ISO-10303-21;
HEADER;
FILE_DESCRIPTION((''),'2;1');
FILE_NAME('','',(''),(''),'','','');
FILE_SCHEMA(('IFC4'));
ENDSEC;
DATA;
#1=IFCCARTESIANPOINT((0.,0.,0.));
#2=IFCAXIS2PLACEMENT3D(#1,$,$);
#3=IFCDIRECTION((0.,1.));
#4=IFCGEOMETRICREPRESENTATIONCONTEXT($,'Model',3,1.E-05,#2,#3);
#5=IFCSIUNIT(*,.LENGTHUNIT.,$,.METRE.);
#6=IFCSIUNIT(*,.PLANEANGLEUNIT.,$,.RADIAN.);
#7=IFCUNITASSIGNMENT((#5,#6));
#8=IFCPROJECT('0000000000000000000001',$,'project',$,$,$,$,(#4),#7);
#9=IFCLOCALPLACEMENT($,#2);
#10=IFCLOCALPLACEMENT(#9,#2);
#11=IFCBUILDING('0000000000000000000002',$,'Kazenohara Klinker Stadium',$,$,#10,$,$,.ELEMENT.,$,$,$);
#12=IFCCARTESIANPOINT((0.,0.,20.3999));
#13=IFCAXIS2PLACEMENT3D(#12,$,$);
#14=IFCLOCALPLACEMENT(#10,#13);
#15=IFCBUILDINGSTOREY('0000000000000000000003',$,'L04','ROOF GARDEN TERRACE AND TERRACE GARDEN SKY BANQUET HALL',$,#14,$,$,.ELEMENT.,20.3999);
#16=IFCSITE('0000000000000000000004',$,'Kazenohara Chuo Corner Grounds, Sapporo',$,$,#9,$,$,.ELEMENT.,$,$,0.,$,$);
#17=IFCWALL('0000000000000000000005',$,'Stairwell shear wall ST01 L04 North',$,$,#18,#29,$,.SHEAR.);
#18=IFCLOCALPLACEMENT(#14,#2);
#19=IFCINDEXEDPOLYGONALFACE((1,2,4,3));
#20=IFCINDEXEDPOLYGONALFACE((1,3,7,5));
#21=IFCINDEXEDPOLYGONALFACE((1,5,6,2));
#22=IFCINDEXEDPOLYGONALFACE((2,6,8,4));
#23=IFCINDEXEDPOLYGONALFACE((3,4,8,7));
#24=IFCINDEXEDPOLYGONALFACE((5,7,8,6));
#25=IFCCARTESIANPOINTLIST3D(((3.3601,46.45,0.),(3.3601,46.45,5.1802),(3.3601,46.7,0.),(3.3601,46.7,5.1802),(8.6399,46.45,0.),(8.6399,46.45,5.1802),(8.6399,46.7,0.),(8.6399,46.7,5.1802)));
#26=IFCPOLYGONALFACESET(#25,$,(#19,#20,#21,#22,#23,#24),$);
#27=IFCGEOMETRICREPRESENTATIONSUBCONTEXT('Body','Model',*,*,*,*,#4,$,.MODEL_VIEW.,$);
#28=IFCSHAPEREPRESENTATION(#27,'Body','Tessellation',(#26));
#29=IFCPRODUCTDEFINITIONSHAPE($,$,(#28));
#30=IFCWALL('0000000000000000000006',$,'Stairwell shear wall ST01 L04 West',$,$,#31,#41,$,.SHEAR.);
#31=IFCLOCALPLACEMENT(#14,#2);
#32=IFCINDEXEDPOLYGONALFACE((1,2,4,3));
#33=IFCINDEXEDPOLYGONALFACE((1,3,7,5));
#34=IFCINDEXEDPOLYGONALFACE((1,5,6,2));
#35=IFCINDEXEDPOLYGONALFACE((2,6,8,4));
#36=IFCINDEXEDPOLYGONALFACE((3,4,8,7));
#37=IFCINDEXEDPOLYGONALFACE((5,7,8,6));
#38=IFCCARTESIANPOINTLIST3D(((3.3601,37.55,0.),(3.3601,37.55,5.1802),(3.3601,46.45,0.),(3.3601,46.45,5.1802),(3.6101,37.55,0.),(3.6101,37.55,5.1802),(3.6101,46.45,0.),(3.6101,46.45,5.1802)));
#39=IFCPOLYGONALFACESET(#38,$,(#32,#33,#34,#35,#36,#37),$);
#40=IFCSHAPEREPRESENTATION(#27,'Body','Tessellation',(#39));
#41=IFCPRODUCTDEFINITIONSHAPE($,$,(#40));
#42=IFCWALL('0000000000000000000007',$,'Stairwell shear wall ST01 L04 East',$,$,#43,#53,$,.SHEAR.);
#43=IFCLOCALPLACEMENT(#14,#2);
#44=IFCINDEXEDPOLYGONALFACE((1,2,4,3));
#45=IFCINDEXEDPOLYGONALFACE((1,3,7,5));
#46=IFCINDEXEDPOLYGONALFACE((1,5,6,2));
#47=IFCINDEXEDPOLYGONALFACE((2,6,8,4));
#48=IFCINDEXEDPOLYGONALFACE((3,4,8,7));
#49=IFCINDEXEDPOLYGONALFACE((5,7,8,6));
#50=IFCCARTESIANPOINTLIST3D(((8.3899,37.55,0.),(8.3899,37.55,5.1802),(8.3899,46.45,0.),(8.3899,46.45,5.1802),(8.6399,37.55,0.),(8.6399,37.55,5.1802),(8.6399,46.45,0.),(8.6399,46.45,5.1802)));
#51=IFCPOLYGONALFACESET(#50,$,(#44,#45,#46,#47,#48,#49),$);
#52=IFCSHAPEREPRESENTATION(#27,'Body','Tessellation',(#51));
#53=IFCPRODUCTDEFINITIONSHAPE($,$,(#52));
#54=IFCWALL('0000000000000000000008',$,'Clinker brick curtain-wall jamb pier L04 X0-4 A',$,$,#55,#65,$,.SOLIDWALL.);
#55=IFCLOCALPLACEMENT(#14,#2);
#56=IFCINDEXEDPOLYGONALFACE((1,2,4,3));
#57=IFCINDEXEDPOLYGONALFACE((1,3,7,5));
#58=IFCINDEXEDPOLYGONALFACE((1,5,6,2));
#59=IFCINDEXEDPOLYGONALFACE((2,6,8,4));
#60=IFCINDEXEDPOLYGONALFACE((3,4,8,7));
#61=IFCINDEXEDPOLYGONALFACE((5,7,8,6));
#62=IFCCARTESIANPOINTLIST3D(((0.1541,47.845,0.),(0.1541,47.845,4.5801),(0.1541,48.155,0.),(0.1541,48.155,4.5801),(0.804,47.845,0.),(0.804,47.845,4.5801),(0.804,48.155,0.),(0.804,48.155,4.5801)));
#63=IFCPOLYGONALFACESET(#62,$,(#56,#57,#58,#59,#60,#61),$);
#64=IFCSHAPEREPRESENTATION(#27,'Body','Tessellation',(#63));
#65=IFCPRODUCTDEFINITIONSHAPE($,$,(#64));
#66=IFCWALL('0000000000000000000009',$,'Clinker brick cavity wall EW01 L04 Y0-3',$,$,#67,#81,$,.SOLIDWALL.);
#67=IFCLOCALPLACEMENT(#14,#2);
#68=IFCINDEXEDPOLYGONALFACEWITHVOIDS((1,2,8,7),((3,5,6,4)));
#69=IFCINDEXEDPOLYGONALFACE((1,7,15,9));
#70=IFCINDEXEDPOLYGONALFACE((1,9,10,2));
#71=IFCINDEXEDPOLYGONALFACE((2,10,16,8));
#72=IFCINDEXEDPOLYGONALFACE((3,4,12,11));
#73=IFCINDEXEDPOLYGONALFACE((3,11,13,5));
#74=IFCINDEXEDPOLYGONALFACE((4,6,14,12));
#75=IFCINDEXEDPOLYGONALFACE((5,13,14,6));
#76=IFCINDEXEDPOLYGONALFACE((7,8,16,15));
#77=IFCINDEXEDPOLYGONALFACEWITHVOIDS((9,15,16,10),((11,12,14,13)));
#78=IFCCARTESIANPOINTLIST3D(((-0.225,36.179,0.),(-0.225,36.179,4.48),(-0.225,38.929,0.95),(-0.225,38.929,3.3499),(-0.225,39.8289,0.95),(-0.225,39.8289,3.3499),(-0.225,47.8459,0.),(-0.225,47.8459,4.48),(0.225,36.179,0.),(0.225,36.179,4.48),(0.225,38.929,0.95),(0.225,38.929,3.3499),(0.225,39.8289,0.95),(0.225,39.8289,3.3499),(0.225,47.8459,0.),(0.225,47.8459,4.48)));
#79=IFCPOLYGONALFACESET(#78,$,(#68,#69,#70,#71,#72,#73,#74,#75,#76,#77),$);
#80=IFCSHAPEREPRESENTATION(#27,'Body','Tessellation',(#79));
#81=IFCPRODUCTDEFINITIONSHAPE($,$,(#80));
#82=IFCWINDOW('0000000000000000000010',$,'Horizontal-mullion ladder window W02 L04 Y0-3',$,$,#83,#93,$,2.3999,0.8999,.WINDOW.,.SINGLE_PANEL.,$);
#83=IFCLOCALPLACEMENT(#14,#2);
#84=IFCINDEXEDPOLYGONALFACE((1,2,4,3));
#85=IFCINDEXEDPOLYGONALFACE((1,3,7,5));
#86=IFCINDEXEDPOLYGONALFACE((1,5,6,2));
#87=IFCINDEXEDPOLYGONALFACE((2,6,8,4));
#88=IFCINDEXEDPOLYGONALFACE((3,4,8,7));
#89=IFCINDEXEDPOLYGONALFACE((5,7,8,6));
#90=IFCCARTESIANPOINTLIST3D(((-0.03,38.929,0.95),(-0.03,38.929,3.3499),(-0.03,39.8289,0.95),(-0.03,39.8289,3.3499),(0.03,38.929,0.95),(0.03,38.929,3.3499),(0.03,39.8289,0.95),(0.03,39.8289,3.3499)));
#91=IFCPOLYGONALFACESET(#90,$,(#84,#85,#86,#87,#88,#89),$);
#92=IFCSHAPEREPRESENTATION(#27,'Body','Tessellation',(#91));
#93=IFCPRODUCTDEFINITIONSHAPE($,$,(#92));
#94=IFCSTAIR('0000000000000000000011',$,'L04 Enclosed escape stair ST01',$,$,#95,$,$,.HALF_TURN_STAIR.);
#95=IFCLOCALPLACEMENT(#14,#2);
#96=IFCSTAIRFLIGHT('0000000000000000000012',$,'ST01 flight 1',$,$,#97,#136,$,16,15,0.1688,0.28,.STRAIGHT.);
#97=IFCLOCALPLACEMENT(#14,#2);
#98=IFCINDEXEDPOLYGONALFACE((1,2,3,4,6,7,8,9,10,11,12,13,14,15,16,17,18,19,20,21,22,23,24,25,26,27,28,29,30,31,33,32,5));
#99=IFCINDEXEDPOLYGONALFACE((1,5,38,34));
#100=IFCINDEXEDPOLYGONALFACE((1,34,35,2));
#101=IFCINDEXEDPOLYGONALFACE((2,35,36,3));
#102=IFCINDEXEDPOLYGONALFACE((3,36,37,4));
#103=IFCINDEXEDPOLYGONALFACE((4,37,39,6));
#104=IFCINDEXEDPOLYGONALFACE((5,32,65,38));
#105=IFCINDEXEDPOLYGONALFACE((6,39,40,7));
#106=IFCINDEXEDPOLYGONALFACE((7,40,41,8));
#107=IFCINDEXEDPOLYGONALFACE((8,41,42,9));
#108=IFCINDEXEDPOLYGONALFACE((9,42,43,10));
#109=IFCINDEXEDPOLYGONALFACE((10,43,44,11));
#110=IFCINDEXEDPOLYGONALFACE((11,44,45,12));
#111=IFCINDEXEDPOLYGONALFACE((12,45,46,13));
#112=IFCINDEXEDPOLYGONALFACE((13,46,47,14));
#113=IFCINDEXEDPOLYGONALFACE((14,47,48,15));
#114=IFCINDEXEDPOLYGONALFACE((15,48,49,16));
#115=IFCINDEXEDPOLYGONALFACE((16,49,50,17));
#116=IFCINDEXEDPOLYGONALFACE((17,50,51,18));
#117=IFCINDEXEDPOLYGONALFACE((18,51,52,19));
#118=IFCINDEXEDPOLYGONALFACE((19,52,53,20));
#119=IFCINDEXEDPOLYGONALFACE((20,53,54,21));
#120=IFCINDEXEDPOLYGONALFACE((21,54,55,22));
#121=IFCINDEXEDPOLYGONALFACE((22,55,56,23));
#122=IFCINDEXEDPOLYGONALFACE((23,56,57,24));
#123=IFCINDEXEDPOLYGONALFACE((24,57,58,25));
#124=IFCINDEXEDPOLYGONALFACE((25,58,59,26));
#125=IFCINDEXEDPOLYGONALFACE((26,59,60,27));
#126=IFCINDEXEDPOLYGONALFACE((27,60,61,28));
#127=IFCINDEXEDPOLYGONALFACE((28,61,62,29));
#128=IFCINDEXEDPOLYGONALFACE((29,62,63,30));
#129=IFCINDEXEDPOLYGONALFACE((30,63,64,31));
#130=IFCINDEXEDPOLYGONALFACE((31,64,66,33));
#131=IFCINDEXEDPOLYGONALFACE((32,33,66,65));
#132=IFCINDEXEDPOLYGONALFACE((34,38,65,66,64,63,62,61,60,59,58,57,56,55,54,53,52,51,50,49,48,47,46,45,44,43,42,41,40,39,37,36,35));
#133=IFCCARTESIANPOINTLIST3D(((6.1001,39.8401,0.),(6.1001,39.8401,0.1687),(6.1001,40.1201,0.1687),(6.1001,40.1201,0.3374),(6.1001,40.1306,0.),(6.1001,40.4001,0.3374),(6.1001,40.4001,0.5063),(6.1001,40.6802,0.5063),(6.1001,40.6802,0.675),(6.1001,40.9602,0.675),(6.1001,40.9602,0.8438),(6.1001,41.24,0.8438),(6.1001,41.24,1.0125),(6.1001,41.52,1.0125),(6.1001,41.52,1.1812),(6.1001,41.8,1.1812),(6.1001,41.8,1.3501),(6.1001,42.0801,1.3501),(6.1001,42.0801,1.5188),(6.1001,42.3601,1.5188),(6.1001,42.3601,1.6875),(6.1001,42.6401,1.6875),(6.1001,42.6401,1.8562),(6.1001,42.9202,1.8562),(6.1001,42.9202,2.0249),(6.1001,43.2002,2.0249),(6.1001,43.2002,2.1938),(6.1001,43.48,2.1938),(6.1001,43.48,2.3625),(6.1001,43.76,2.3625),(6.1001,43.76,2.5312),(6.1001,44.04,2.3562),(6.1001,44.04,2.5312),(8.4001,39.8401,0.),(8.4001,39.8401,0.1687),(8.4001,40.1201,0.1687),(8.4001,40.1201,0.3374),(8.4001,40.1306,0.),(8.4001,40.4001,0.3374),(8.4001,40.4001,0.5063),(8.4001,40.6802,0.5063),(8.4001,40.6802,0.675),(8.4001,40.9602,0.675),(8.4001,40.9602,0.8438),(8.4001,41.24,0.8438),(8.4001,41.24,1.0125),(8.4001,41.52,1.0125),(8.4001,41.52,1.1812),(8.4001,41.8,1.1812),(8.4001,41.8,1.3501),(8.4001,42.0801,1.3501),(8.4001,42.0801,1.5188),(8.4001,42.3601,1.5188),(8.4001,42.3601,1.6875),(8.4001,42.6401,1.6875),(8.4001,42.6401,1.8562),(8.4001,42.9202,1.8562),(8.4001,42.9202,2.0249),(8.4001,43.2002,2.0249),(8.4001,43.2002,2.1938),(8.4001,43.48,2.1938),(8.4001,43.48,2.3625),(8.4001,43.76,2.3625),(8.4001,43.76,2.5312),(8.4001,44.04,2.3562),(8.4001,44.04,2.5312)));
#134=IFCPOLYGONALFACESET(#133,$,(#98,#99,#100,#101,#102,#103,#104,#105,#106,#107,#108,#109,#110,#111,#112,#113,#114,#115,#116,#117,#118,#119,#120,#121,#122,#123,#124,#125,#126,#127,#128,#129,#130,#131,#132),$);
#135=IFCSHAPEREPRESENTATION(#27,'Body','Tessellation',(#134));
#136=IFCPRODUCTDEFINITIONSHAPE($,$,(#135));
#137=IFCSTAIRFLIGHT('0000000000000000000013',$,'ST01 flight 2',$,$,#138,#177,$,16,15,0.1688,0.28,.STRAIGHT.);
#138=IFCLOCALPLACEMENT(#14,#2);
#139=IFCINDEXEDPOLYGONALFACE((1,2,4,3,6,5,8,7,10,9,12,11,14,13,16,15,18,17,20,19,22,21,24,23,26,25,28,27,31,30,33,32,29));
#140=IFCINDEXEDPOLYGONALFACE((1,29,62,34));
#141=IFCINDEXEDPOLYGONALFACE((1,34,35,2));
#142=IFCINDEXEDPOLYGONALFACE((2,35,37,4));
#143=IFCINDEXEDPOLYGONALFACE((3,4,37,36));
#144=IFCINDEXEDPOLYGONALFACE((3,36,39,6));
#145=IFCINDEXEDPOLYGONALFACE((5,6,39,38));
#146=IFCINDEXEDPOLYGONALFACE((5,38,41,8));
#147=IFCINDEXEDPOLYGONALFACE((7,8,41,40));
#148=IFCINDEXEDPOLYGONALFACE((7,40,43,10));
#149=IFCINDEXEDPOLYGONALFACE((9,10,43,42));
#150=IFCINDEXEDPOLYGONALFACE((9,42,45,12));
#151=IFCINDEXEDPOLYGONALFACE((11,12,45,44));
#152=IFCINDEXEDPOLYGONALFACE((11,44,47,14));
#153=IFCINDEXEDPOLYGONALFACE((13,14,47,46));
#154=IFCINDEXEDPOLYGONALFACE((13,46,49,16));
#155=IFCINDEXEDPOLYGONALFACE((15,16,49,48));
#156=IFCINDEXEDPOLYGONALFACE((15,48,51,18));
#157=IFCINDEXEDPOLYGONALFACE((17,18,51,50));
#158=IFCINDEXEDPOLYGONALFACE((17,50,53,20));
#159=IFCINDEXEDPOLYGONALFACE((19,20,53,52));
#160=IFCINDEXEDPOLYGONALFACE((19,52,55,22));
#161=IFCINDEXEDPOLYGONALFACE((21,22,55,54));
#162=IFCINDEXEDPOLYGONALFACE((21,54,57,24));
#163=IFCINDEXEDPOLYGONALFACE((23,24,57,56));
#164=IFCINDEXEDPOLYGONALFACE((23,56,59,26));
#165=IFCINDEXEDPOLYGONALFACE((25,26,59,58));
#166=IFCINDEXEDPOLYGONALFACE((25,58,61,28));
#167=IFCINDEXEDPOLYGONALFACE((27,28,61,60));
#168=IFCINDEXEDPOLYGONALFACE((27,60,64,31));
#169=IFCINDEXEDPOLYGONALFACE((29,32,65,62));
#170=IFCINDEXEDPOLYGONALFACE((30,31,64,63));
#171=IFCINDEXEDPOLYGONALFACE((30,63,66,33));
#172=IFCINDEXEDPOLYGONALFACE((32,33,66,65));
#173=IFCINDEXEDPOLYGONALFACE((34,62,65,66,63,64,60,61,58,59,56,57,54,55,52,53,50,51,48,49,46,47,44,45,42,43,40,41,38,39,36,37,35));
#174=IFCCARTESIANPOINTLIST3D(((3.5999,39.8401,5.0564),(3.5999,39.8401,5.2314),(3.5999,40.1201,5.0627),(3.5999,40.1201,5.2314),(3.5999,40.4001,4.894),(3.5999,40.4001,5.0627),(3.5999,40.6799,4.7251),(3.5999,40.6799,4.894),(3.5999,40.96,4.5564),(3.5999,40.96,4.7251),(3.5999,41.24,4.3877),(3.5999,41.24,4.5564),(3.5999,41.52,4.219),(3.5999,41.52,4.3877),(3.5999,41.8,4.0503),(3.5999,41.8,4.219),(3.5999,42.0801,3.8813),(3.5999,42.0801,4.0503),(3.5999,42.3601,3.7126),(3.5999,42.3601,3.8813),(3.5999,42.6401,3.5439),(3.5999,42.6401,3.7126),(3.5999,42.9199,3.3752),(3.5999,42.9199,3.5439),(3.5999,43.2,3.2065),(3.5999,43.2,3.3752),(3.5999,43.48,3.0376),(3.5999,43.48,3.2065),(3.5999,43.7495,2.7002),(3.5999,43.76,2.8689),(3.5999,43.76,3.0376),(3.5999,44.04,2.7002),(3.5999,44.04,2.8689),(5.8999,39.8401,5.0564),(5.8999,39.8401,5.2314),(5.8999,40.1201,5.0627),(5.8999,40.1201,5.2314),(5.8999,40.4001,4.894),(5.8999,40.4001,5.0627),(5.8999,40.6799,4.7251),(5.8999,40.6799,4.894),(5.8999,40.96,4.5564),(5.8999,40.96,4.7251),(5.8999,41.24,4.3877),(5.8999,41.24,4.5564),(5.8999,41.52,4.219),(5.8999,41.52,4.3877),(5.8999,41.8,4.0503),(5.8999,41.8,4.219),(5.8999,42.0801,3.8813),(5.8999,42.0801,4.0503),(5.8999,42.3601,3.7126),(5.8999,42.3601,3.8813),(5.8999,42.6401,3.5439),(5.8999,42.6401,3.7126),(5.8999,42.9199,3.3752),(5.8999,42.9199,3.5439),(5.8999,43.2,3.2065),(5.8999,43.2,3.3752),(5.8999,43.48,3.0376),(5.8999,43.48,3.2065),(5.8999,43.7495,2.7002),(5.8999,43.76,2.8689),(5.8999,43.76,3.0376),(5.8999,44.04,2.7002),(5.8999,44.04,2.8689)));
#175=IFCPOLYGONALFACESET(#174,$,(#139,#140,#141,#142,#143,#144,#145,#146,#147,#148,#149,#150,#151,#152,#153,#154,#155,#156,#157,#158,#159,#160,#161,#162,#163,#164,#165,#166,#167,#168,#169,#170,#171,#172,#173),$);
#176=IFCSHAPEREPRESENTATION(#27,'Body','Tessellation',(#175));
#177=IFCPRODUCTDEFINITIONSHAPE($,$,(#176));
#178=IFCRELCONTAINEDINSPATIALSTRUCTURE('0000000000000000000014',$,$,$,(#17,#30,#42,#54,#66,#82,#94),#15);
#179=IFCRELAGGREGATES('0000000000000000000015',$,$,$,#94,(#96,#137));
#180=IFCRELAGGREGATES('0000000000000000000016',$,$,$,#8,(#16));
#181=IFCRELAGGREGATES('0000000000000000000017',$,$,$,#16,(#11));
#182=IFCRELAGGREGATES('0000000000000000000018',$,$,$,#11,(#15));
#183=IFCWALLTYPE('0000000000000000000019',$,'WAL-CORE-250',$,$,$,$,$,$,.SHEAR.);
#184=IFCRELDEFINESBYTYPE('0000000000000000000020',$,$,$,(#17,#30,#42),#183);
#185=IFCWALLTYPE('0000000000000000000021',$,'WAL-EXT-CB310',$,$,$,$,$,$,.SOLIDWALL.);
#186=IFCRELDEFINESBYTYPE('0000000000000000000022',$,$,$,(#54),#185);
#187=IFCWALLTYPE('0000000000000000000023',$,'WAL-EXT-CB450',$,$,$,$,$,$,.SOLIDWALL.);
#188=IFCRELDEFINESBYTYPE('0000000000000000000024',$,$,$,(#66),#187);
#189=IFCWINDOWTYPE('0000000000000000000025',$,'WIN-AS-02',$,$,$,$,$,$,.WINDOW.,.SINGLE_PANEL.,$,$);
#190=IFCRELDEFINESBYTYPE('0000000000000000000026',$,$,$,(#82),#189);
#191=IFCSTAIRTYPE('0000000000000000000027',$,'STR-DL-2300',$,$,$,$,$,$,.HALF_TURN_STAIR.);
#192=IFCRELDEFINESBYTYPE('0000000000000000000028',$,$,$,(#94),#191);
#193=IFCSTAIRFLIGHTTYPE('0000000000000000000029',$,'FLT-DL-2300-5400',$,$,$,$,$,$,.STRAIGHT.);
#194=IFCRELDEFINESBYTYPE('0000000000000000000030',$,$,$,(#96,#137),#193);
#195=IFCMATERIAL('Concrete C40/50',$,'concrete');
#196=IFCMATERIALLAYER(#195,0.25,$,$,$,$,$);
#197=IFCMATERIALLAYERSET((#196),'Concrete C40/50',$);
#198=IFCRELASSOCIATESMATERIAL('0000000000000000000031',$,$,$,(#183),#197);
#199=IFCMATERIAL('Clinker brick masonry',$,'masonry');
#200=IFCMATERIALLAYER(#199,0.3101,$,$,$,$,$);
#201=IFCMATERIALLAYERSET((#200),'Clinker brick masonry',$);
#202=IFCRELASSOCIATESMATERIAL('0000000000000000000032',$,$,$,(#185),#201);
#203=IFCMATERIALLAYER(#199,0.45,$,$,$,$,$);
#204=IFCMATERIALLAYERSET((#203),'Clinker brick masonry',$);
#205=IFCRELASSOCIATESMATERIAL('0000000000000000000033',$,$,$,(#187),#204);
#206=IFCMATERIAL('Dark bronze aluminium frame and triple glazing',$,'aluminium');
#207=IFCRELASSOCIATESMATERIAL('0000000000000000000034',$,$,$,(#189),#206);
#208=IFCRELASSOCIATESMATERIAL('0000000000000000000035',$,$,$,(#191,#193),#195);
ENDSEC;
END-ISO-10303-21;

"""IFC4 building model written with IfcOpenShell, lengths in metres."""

from ifc_helpers import new_model, si_unit, direction, frame, frame_2d, origin, place, context, subcontext, project, spatial, polyline, rectangle, outline, extrude, material, layer, layer_set, type_object, element, fill, aggregate, save


model = new_model("IFC4")

# Units and contexts
model_context = context("Model", 3, precision=1e-05, world=origin(), true_north=direction((0.0, 1.0)))
body_context = subcontext(model_context, "Body", "Model", "MODEL_VIEW")
ifc_project = project(units=[si_unit("LENGTHUNIT", "METRE"), si_unit("PLANEANGLEUNIT", "RADIAN")], contexts=[model_context])

# Site, building, storey
site_placement = place(None, origin())
site = spatial("IfcSite", under=ifc_project, at=site_placement, Name="Kazenohara Chuo Corner Grounds, Sapporo", CompositionType="ELEMENT", RefElevation=0.0)
building_placement = place(site_placement, origin())
building = spatial("IfcBuilding", under=site, at=building_placement, Name="Kazenohara Klinker Stadium", CompositionType="ELEMENT")
storey_placement = place(building_placement, frame((0.0, 0.0, 20.3999)))
storey = spatial("IfcBuildingStorey", under=building, at=storey_placement, Name="L04", Description="ROOF GARDEN TERRACE AND TERRACE GARDEN SKY BANQUET HALL", CompositionType="ELEMENT", Elevation=20.3999)

# Shared definitions
ifc_material_1 = material(Name="Concrete C40/50", Category="concrete")

# Shared definitions
ifc_layer_1 = layer(ifc_material_1, 0.25)
ifc_layer_set_1 = layer_set([ifc_layer_1], Name="Concrete C40/50")
wall_type_1 = type_object("IfcWallType", Name="WAL-CORE-250", PredefinedType="SHEAR", material=ifc_layer_set_1)

# Walls
wall_1_placement = place(storey_placement, frame((3.3601, 46.575, 0.0), z_axis=(0.0, 0.0, 1.0), x_axis=(1.0, 0.0, 0.0)))
element("IfcWall", 1, at=wall_1_placement, inside=storey, type_object=wall_type_1, Name="Stairwell shear wall ST01 L04 North", PredefinedType="SHEAR", context=body_context, shape_type="SweptSolid", body=[
    extrude(rectangle(XDim=5.2798, YDim=0.25, at=frame_2d((2.6399, 0.0))), origin(), (0.0, 0.0, 1.0), 5.1802),
])
for number, where, z_axis, x_axis, name in (
    (2, (3.4851, 37.55, 0.0), (0.0, 0.0, 1.0), (0.0, 1.0, 0.0), "Stairwell shear wall ST01 L04 West"),
    (3, (8.5149, 37.55, 0.0), (0.0, 0.0, 1.0), (0.0, 1.0, 0.0), "Stairwell shear wall ST01 L04 East"),
):
    element("IfcWall", number, at=place(storey_placement, frame(where, z_axis=z_axis, x_axis=x_axis)), inside=storey, type_object=wall_type_1, Name=name, PredefinedType="SHEAR", context=body_context, shape_type="SweptSolid", body=[
        extrude(rectangle(XDim=8.8999, YDim=0.25, at=frame_2d((4.45, 0.0))), origin(), (0.0, 0.0, 1.0), 5.1802),
    ])
ifc_material_2 = material(Name="Clinker brick masonry", Category="masonry")
ifc_layer_2 = layer(ifc_material_2, 0.3101)
ifc_layer_set_2 = layer_set([ifc_layer_2], Name="Clinker brick masonry")
wall_type_2 = type_object("IfcWallType", Name="WAL-EXT-CB310", PredefinedType="SOLIDWALL", material=ifc_layer_set_2)
wall_2_placement = place(storey_placement, frame((0.1541, 48.0, 0.0), z_axis=(0.0, 0.0, 1.0), x_axis=(1.0, 0.0, 0.0)))
element("IfcWall", 4, at=wall_2_placement, inside=storey, type_object=wall_type_2, Name="Clinker brick curtain-wall jamb pier L04 X0-4 A", PredefinedType="SOLIDWALL", context=body_context, shape_type="SweptSolid", body=[
    extrude(rectangle(XDim=0.6499, YDim=0.3101, at=frame_2d((0.325, 0.0))), origin(), (0.0, 0.0, 1.0), 4.5801),
])

# Wall, opening, window
ifc_layer_3 = layer(ifc_material_2, 0.45)
ifc_layer_set_3 = layer_set([ifc_layer_3], Name="Clinker brick masonry")
wall_type_3 = type_object("IfcWallType", Name="WAL-EXT-CB450", PredefinedType="SOLIDWALL", material=ifc_layer_set_3)
wall_3_placement = place(storey_placement, frame((0.0, 36.179, 0.0), z_axis=(0.0, 0.0, 1.0), x_axis=(0.0, 1.0, 0.0)))
wall_3 = element("IfcWall", 5, at=wall_3_placement, inside=storey, type_object=wall_type_3, Name="Clinker brick cavity wall EW01 L04 Y0-3", PredefinedType="SOLIDWALL", context=body_context, shape_type="SweptSolid", body=[
    extrude(rectangle(XDim=11.667, YDim=0.45, at=frame_2d((5.8335, 0.0))), origin(), (0.0, 0.0, 1.0), 4.48),
])
opening_1_placement = place(wall_3_placement, frame((2.75, 0.0, 0.95)))
opening_1 = element("IfcOpeningElement", 6, at=opening_1_placement, cuts=wall_3, PredefinedType="OPENING", context=body_context, shape_type="SweptSolid", body=[
    extrude(rectangle(XDim=0.8999, YDim=2.3999, at=frame_2d((0.45, 1.2))), frame((0.0, 0.2349, 0.0), z_axis=(0.0, -1.0, 0.0), x_axis=(1.0, 0.0, 0.0)), (0.0, 0.0, 1.0), 0.47),
])
ifc_material_3 = material(Name="Dark bronze aluminium frame and triple glazing", Category="aluminium")
window_type = type_object("IfcWindowType", Name="WIN-AS-02", PartitioningType="SINGLE_PANEL", PredefinedType="WINDOW", material=ifc_material_3)
window_placement = place(opening_1_placement, origin())
window = element("IfcWindow", 7, at=window_placement, inside=storey, type_object=window_type, Name="Horizontal-mullion ladder window W02 L04 Y0-3", OverallHeight=2.3999, OverallWidth=0.8999, PartitioningType="SINGLE_PANEL", PredefinedType="WINDOW", context=body_context, shape_type="SweptSolid", body=[
    extrude(rectangle(XDim=0.8999, YDim=2.3999, at=frame_2d((0.45, 1.2))), frame((0.0, 0.03, 0.0), z_axis=(0.0, -1.0, 0.0), x_axis=(1.0, 0.0, 0.0)), (0.0, 0.0, 1.0), 0.0601),
])
fill(opening_1, window)

# Stair, stair flights
stair_type = type_object("IfcStairType", Name="STR-DL-2300", PredefinedType="HALF_TURN_STAIR", material=ifc_material_1)
stair_placement = place(storey_placement, origin())
stair = element("IfcStair", 8, at=stair_placement, inside=storey, type_object=stair_type, Name="L04 Enclosed escape stair ST01", PredefinedType="HALF_TURN_STAIR")
stair_flight_type = type_object("IfcStairFlightType", Name="FLT-DL-2300-5400", PredefinedType="STRAIGHT", material=ifc_material_1)
stair_flight_1_placement = place(storey_placement, frame((7.25, 39.8401, 0.0), z_axis=(0.0, 0.0, 1.0), x_axis=(0.0, 1.0, 0.0)))
stair_flight_1 = element("IfcStairFlight", 9, at=stair_flight_1_placement, type_object=stair_flight_type, Name="ST01 flight 1", NumberOfRisers=16, NumberOfTreads=15, PredefinedType="STRAIGHT", RiserHeight=0.1688, TreadLength=0.28, context=body_context, shape_type="SweptSolid", body=[
    extrude(outline(polyline([(0.0, 0.0), (0.0, 0.1687), (0.28, 0.1687), (0.28, 0.3374), (0.5601, 0.3374), (0.5601, 0.5063), (0.8401, 0.5063), (0.8401, 0.675), (1.1201, 0.675), (1.1201, 0.8438), (1.3999, 0.8438), (1.3999, 1.0125), (1.6799, 1.0125), (1.6799, 1.1812), (1.96, 1.1812), (1.96, 1.3501), (2.24, 1.3501), (2.24, 1.5188), (2.52, 1.5188), (2.52, 1.6875), (2.8, 1.6875), (2.8, 1.8562), (3.0801, 1.8562), (3.0801, 2.0249), (3.3601, 2.0249), (3.3601, 2.1938), (3.6399, 2.1938), (3.6399, 2.3625), (3.9199, 2.3625), (3.9199, 2.5312), (4.2, 2.5312), (4.2, 2.7), (4.2, 2.3562), (0.2905, 0.0), (0.0, 0.0)])), frame((0.0, 1.1499, 0.0), z_axis=(0.0, -1.0, 0.0), x_axis=(1.0, 0.0, 0.0)), (0.0, 0.0, 1.0), 2.3),
])
stair_flight_2_placement = place(storey_placement, frame((4.75, 44.04, 2.7002), z_axis=(0.0, 0.0, 1.0), x_axis=(0.0, -1.0, 0.0)))
stair_flight_2 = element("IfcStairFlight", 10, at=stair_flight_2_placement, type_object=stair_flight_type, Name="ST01 flight 2", NumberOfRisers=16, NumberOfTreads=15, PredefinedType="STRAIGHT", RiserHeight=0.1688, TreadLength=0.28, context=body_context, shape_type="SweptSolid", body=[
    extrude(outline(polyline([(0.0, 0.0), (0.0, 0.1687), (0.28, 0.1687), (0.28, 0.3374), (0.5601, 0.3374), (0.5601, 0.5063), (0.8401, 0.5063), (0.8401, 0.675), (1.1201, 0.675), (1.1201, 0.8438), (1.3999, 0.8438), (1.3999, 1.0125), (1.6799, 1.0125), (1.6799, 1.1812), (1.96, 1.1812), (1.96, 1.3501), (2.24, 1.3501), (2.24, 1.5188), (2.52, 1.5188), (2.52, 1.6875), (2.8, 1.6875), (2.8, 1.8562), (3.0801, 1.8562), (3.0801, 2.0249), (3.3601, 2.0249), (3.3601, 2.1938), (3.6399, 2.1938), (3.6399, 2.3625), (3.9199, 2.3625), (3.9199, 2.5312), (4.2, 2.5312), (4.2, 2.7), (4.2, 2.3562), (0.2905, 0.0), (0.0, 0.0)])), frame((0.0, 1.1499, 0.0), z_axis=(0.0, -1.0, 0.0), x_axis=(1.0, 0.0, 0.0)), (0.0, 0.0, 1.0), 2.3),
])
aggregate(stair, [stair_flight_1, stair_flight_2])

save(model, "model.ifc")
